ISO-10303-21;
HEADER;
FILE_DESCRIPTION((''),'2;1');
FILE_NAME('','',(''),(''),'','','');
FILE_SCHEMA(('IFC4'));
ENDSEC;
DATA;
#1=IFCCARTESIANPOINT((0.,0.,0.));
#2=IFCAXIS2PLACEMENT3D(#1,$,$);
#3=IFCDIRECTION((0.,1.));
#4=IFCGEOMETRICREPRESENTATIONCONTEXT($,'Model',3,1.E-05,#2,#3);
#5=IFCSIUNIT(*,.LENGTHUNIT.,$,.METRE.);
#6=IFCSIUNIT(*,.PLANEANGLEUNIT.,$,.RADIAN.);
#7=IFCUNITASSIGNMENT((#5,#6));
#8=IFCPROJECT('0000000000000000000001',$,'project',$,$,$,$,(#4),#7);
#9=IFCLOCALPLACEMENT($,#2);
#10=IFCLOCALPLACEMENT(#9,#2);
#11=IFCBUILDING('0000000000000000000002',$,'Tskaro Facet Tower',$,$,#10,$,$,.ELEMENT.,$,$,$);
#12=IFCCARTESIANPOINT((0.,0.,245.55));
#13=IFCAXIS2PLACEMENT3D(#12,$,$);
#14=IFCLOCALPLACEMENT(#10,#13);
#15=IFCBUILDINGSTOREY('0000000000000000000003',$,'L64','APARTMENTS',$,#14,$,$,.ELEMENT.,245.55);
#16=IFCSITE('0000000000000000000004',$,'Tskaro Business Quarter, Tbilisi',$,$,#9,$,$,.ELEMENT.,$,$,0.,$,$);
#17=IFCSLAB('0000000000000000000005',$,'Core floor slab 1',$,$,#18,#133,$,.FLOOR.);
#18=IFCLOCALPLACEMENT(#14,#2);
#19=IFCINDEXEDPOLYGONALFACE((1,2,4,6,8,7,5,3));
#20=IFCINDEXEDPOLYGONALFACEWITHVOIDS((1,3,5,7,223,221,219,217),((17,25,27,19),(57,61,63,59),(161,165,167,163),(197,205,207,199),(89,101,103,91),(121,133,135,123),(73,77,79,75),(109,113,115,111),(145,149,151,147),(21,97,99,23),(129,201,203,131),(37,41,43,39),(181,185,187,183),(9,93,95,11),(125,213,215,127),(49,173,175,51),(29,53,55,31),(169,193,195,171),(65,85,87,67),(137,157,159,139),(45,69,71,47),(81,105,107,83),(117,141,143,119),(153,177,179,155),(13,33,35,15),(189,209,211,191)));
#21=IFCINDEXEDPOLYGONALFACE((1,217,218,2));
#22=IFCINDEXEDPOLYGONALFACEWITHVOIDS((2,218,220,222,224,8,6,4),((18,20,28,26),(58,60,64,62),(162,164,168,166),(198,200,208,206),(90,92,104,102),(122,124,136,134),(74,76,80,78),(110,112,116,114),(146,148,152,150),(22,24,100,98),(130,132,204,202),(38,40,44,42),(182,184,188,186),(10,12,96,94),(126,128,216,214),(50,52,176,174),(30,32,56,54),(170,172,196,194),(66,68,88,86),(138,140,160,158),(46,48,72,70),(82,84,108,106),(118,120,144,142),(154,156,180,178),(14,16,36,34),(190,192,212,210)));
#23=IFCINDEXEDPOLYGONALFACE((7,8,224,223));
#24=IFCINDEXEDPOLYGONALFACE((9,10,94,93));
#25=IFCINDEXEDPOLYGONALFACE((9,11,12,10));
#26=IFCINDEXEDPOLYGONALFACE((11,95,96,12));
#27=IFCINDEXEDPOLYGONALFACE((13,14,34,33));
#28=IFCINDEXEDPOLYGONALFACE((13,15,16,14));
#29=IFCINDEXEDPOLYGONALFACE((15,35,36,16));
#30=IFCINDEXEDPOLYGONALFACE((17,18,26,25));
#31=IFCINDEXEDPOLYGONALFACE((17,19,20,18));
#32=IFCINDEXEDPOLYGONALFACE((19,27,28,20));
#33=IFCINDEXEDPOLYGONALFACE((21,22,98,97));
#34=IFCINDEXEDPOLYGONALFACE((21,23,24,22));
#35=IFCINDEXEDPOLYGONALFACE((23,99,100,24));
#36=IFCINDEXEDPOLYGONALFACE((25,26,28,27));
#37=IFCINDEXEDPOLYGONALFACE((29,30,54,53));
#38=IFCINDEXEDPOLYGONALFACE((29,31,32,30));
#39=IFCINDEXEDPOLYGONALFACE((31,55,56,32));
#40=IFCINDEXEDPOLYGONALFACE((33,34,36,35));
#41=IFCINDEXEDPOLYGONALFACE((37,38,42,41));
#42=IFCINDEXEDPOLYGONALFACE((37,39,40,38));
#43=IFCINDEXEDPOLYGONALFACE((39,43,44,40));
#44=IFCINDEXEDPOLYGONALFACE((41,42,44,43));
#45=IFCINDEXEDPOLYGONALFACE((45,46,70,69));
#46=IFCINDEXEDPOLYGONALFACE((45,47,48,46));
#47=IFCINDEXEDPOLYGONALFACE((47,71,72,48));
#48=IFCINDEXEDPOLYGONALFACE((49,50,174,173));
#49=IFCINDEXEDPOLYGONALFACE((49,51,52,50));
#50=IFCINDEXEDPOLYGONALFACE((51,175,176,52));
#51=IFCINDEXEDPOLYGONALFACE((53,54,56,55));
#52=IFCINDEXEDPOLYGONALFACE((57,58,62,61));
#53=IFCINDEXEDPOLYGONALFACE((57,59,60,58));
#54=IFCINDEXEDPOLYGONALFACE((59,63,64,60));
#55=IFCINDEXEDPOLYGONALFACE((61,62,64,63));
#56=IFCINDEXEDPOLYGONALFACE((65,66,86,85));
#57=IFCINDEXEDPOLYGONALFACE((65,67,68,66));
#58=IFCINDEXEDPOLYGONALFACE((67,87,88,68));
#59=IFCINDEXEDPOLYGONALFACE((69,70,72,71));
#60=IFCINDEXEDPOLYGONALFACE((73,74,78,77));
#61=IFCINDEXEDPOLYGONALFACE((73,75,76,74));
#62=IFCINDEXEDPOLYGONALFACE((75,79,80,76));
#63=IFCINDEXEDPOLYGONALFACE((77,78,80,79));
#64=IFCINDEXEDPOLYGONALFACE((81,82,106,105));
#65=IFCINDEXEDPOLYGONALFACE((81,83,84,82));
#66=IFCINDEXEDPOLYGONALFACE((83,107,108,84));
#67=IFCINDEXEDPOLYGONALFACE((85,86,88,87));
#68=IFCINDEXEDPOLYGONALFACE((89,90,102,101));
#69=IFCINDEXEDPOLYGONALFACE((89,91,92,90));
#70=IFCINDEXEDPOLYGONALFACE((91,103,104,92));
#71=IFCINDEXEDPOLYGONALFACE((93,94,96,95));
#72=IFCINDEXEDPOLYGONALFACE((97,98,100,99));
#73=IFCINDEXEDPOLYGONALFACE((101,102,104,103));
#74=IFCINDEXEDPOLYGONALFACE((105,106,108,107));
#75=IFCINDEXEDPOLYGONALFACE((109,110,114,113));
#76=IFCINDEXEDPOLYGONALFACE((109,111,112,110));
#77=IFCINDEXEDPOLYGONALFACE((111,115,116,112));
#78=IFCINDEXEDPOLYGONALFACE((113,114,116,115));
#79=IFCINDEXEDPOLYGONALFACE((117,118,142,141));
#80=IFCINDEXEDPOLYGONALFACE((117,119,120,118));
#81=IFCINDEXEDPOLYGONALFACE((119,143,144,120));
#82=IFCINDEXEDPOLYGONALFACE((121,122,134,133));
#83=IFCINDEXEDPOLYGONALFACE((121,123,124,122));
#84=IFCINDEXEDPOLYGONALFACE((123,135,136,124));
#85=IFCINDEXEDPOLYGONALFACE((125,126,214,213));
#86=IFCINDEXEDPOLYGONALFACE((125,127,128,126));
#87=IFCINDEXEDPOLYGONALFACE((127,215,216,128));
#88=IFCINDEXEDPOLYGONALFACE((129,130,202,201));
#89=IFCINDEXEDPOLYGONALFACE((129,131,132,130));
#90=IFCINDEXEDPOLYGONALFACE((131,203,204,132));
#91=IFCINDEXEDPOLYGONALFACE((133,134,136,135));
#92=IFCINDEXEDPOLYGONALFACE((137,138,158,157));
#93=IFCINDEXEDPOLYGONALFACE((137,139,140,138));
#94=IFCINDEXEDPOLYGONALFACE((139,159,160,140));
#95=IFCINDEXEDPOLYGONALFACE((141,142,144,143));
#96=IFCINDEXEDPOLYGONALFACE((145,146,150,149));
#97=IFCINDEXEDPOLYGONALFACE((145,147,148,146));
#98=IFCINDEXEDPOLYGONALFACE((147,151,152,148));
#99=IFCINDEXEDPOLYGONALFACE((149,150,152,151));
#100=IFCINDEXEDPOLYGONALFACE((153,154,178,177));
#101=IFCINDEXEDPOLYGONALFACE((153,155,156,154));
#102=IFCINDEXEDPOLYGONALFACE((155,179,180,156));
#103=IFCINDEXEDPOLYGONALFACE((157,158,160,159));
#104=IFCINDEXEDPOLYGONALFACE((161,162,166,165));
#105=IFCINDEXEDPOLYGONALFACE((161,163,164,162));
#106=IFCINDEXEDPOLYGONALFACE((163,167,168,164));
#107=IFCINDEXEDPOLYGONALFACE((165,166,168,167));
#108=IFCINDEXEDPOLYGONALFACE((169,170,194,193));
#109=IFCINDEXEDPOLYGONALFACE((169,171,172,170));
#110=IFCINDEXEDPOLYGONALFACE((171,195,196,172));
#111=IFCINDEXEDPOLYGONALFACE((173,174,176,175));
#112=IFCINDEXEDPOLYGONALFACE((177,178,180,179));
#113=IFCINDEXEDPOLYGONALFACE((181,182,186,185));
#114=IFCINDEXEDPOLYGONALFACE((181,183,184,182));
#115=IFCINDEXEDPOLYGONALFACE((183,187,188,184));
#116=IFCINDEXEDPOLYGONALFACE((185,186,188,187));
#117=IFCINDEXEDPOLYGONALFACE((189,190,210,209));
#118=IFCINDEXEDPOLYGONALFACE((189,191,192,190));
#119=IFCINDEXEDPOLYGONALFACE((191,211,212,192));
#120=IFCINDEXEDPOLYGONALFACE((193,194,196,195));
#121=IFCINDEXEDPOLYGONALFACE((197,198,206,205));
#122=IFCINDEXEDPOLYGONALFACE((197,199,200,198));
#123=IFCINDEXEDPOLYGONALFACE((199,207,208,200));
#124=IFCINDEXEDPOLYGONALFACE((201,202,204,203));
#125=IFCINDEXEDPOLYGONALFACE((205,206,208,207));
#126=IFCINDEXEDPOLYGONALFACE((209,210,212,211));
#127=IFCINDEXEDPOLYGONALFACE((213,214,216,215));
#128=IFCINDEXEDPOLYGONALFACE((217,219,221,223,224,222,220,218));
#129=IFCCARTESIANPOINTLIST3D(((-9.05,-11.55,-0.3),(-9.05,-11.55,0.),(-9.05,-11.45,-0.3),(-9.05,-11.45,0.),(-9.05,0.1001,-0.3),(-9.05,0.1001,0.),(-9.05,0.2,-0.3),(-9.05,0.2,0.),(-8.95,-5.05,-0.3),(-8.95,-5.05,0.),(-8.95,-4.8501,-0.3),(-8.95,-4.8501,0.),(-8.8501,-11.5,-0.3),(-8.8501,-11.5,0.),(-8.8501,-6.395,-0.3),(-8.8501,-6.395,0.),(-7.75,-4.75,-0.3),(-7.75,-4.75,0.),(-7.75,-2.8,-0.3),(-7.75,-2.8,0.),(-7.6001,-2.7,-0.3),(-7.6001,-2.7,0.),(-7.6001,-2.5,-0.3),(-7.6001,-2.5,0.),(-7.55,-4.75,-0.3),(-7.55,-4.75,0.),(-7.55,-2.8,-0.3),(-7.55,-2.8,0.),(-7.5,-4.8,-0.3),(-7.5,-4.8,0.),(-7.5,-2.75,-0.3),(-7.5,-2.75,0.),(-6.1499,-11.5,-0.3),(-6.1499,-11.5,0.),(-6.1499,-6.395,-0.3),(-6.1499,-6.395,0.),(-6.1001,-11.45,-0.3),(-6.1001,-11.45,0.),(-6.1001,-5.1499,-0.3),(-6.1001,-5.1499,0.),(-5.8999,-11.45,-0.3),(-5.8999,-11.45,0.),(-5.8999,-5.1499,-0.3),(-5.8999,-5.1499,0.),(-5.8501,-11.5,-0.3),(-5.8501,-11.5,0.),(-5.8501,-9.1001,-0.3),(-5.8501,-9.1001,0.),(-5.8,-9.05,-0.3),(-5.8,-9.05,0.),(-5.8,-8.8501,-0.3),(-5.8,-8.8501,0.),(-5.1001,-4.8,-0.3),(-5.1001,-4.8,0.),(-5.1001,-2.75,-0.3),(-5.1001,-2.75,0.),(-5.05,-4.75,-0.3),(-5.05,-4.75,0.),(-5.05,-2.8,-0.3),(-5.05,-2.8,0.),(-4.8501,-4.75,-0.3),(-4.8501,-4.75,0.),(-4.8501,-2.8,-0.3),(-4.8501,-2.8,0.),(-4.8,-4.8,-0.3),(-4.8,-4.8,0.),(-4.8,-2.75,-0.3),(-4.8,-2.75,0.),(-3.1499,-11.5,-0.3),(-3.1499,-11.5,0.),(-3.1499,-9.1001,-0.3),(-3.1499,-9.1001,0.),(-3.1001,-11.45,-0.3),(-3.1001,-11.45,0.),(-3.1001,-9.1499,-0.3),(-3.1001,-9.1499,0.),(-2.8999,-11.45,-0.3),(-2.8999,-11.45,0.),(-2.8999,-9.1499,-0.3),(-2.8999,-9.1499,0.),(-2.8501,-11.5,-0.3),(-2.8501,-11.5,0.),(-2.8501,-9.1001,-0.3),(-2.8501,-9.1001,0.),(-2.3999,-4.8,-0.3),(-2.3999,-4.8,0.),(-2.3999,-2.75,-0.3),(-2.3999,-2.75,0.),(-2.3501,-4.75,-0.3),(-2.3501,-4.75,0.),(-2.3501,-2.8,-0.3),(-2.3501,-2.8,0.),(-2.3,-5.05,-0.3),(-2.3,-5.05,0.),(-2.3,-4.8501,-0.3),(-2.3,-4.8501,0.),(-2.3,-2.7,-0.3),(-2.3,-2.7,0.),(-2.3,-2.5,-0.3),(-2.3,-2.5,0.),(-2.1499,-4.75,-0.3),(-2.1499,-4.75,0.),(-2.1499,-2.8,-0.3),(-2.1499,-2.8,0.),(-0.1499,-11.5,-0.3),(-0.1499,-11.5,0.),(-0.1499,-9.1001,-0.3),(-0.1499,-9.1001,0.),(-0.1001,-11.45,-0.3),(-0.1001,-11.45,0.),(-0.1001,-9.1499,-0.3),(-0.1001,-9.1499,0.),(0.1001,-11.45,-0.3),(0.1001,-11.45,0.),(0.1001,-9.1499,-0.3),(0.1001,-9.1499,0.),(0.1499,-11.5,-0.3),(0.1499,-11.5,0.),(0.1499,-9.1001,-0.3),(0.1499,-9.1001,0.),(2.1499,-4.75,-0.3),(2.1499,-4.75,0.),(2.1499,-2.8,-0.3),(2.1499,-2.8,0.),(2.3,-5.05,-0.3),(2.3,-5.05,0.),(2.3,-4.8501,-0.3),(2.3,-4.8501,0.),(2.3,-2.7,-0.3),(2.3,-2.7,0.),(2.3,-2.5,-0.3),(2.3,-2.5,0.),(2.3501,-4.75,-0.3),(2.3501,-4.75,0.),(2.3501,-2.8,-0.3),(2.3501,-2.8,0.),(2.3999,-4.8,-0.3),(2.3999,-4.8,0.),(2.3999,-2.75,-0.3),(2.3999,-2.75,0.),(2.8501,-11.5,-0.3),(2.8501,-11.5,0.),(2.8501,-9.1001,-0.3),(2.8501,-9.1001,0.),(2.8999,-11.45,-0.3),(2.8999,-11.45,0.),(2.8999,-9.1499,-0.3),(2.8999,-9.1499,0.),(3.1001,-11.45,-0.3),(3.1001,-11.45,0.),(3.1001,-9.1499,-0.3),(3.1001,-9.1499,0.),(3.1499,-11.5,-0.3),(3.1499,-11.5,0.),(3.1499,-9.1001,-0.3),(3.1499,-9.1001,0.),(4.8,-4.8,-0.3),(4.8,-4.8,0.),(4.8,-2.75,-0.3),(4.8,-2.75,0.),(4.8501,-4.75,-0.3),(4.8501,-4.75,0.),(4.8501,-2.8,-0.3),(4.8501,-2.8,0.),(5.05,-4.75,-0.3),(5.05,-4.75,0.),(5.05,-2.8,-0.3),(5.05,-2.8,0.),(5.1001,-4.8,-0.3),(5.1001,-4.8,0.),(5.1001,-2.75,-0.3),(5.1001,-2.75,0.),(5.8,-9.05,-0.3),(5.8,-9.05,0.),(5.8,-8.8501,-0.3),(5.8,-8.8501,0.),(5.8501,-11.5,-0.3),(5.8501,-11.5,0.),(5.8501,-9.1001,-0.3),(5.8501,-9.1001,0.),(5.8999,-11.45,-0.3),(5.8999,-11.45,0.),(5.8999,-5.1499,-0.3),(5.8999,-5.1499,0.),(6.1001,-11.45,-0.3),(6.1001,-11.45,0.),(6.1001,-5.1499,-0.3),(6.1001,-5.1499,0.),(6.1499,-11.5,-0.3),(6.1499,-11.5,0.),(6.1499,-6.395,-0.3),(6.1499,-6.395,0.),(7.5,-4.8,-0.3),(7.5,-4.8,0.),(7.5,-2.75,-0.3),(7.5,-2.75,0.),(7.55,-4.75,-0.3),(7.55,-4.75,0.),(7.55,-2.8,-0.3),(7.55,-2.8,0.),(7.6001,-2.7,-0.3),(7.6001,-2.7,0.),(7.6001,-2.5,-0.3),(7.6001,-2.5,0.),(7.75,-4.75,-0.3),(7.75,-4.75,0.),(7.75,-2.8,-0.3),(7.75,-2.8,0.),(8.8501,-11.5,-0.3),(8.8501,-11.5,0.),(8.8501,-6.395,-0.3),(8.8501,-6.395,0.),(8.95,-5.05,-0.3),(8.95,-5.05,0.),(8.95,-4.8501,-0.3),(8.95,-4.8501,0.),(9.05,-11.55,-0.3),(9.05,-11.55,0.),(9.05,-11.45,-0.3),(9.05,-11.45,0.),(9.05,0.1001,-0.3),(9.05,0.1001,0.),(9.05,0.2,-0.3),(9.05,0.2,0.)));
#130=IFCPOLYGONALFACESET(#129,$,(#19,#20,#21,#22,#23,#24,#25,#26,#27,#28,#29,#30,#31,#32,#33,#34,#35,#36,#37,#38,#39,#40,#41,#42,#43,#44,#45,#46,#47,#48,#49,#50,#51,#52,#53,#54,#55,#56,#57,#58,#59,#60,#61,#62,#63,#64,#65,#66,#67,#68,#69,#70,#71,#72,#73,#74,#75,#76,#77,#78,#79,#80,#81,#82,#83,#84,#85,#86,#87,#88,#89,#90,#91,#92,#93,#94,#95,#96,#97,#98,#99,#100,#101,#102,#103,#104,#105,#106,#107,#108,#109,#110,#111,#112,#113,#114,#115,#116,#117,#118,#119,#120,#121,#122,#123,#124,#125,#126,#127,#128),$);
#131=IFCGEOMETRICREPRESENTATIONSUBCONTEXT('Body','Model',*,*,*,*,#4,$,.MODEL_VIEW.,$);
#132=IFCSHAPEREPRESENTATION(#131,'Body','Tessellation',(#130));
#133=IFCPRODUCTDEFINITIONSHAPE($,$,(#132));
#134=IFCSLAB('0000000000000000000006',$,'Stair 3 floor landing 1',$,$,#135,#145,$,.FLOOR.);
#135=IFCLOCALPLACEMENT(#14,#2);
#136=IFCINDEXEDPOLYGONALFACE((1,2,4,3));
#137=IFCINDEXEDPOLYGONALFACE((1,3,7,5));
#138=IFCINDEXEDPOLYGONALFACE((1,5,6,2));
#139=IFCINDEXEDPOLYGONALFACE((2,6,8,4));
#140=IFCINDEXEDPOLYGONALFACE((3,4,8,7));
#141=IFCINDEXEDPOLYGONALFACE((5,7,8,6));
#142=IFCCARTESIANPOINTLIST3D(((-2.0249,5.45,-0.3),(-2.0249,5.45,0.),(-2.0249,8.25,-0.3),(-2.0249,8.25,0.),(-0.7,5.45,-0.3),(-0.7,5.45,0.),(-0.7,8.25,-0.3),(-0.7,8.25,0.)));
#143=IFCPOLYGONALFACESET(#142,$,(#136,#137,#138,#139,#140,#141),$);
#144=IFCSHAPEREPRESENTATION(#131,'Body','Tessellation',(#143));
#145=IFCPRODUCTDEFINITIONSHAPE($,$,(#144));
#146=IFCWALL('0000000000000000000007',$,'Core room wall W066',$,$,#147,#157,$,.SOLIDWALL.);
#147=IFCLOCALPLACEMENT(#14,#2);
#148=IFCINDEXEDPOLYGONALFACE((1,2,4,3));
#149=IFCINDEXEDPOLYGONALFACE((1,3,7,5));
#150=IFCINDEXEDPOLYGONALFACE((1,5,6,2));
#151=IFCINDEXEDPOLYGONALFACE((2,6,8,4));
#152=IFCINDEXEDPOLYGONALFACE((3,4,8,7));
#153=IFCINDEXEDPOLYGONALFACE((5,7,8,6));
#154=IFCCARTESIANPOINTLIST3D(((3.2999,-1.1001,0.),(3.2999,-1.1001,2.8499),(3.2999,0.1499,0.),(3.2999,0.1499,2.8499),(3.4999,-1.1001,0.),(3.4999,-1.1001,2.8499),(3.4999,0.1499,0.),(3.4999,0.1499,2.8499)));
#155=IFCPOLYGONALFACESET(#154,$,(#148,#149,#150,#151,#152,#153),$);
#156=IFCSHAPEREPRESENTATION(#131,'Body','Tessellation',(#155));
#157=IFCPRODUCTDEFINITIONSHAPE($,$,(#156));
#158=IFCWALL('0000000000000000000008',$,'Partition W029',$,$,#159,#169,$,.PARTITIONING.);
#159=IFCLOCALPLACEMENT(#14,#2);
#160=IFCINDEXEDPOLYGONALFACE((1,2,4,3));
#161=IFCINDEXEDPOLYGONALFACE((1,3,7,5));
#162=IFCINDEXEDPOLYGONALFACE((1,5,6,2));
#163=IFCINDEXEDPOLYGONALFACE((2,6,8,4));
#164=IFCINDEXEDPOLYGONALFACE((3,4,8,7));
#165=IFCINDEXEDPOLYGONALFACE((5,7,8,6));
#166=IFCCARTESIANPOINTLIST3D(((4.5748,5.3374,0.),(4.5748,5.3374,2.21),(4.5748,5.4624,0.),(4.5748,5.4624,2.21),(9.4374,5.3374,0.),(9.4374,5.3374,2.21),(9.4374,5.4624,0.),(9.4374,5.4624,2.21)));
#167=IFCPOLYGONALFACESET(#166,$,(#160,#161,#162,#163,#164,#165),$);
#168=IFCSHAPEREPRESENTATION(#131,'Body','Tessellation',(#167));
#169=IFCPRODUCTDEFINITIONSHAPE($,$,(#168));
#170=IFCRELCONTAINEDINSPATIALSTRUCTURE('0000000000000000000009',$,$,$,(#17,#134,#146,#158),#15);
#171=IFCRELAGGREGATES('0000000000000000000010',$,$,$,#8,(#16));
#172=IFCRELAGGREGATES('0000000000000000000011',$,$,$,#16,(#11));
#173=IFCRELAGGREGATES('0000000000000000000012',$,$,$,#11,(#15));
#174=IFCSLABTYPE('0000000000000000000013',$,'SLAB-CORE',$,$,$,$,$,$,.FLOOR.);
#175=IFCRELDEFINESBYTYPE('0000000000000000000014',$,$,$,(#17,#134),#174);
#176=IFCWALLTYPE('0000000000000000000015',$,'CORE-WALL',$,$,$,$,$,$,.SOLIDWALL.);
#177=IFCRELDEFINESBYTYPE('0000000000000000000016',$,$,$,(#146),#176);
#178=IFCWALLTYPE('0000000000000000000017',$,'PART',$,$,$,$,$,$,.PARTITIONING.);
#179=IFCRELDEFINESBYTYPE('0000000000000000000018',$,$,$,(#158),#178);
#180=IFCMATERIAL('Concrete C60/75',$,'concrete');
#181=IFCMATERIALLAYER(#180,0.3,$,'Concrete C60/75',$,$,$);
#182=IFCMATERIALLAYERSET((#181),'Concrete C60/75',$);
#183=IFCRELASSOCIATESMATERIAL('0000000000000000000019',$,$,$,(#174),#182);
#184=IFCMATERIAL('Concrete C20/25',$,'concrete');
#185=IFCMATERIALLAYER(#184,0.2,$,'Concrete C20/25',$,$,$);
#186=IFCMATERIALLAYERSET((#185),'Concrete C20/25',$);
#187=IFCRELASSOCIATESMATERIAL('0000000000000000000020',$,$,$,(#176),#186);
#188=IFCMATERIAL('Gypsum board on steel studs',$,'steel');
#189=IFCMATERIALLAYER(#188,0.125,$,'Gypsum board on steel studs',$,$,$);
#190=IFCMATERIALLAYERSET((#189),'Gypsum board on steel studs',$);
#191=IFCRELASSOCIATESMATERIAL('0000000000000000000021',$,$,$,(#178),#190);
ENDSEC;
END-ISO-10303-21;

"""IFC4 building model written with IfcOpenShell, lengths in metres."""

from ifc_helpers import new_model, si_unit, direction, frame, frame_2d, origin, place, context, subcontext, project, spatial, polyline, rectangle, outline, extrude, material, layer, layer_set, type_object, element, save


model = new_model("IFC4")

# Units and contexts
model_context = context("Model", 3, precision=1e-05, world=origin(), true_north=direction((0.0, 1.0)))
body_context = subcontext(model_context, "Body", "Model", "MODEL_VIEW")
ifc_project = project(units=[si_unit("LENGTHUNIT", "METRE"), si_unit("PLANEANGLEUNIT", "RADIAN")], contexts=[model_context])

# Site, building, storey
site_placement = place(None, origin())
site = spatial("IfcSite", under=ifc_project, at=site_placement, Name="Tskaro Business Quarter, Tbilisi", CompositionType="ELEMENT", RefElevation=0.0)
building_placement = place(site_placement, origin())
building = spatial("IfcBuilding", under=site, at=building_placement, Name="Tskaro Facet Tower", CompositionType="ELEMENT")
storey_placement = place(building_placement, frame((0.0, 0.0, 245.55)))
storey = spatial("IfcBuildingStorey", under=building, at=storey_placement, Name="L64", Description="APARTMENTS", CompositionType="ELEMENT", Elevation=245.55)

# Slabs
ifc_material_1 = material(Name="Concrete C60/75", Category="concrete")
ifc_layer_1 = layer(ifc_material_1, 0.3, Name="Concrete C60/75")
ifc_layer_set_1 = layer_set([ifc_layer_1], Name="Concrete C60/75")
slab_type_1 = type_object("IfcSlabType", Name="SLAB-CORE", PredefinedType="FLOOR", material=ifc_layer_set_1)
slab_1_placement = place(storey_placement, frame((0.0, 0.0, -0.3)))
element("IfcSlab", 1, at=slab_1_placement, inside=storey, type_object=slab_type_1, Name="Core floor slab 1", PredefinedType="FLOOR", context=body_context, shape_type="SweptSolid", body=[
    extrude(outline(polyline([(-9.05, 0.2), (9.05, 0.2), (9.05, 0.1001), (9.05, -11.45), (9.05, -11.55), (-9.05, -11.55), (-9.05, -11.45), (-9.05, 0.1001), (-9.05, 0.2)]), holes=[polyline([(-5.8501, -9.1001), (-5.8501, -11.5), (-3.1499, -11.5), (-3.1499, -9.1001), (-5.8501, -9.1001)]), polyline([(-3.1001, -11.45), (-2.8999, -11.45), (-2.8999, -9.1499), (-3.1001, -9.1499), (-3.1001, -11.45)]), polyline([(-2.8501, -9.1001), (-2.8501, -11.5), (-0.1499, -11.5), (-0.1499, -9.1001), (-2.8501, -9.1001)]), polyline([(-6.1001, -11.45), (-5.8999, -11.45), (-5.8999, -5.1499), (-6.1001, -5.1499), (-6.1001, -11.45)]), polyline([(-8.95, -5.05), (-2.3, -5.05), (-2.3, -4.8501), (-8.95, -4.8501), (-8.95, -5.05)]), polyline([(-7.75, -4.75), (-7.55, -4.75), (-7.55, -2.8), (-7.75, -2.8), (-7.75, -4.75)]), polyline([(-7.5, -2.75), (-7.5, -4.8), (-5.1001, -4.8), (-5.1001, -2.75), (-7.5, -2.75)]), polyline([(-5.05, -4.75), (-4.8501, -4.75), (-4.8501, -2.8), (-5.05, -2.8), (-5.05, -4.75)]), polyline([(-2.3999, -2.75), (-4.8, -2.75), (-4.8, -4.8), (-2.3999, -4.8), (-2.3999, -2.75)]), polyline([(-2.3501, -4.75), (-2.1499, -4.75), (-2.1499, -2.8), (-2.3501, -2.8), (-2.3501, -4.75)]), polyline([(-7.6001, -2.7), (-2.3, -2.7), (-2.3, -2.5), (-7.6001, -2.5), (-7.6001, -2.7)]), polyline([(-0.1001, -11.45), (0.1001, -11.45), (0.1001, -9.1499), (-0.1001, -9.1499), (-0.1001, -11.45)]), polyline([(0.1499, -9.1001), (0.1499, -11.5), (2.8501, -11.5), (2.8501, -9.1001), (0.1499, -9.1001)]), polyline([(2.8999, -11.45), (3.1001, -11.45), (3.1001, -9.1499), (2.8999, -9.1499), (2.8999, -11.45)]), polyline([(3.1499, -9.1001), (3.1499, -11.5), (5.8501, -11.5), (5.8501, -9.1001), (3.1499, -9.1001)]), polyline([(-5.8, -9.05), (5.8, -9.05), (5.8, -8.8501), (-5.8, -8.8501), (-5.8, -9.05)]), polyline([(5.8999, -11.45), (6.1001, -11.45), (6.1001, -5.1499), (5.8999, -5.1499), (5.8999, -11.45)]), polyline([(2.3, -5.05), (8.95, -5.05), (8.95, -4.8501), (2.3, -4.8501), (2.3, -5.05)]), polyline([(2.1499, -4.75), (2.3501, -4.75), (2.3501, -2.8), (2.1499, -2.8), (2.1499, -4.75)]), polyline([(2.3999, -4.8), (4.8, -4.8), (4.8, -2.75), (2.3999, -2.75), (2.3999, -4.8)]), polyline([(4.8501, -4.75), (5.05, -4.75), (5.05, -2.8), (4.8501, -2.8), (4.8501, -4.75)]), polyline([(5.1001, -4.8), (7.5, -4.8), (7.5, -2.75), (5.1001, -2.75), (5.1001, -4.8)]), polyline([(7.55, -4.75), (7.75, -4.75), (7.75, -2.8), (7.55, -2.8), (7.55, -4.75)]), polyline([(2.3, -2.7), (7.6001, -2.7), (7.6001, -2.5), (2.3, -2.5), (2.3, -2.7)]), polyline([(-8.8501, -11.5), (-6.1499, -11.5), (-6.1499, -6.395), (-8.8501, -6.395), (-8.8501, -11.5)]), polyline([(6.1499, -6.395), (6.1499, -11.5), (8.8501, -11.5), (8.8501, -6.395), (6.1499, -6.395)])]), origin(), (0.0, 0.0, 1.0), 0.3),
])
slab_2_placement = place(storey_placement, frame((0.0, 0.0, -0.3)))
element("IfcSlab", 2, at=slab_2_placement, inside=storey, type_object=slab_type_1, Name="Stair 3 floor landing 1", PredefinedType="FLOOR", context=body_context, shape_type="SweptSolid", body=[
    extrude(outline(polyline([(-2.0249, 5.45), (-0.7, 5.45), (-0.7, 8.25), (-2.0249, 8.25), (-2.0249, 5.45)])), origin(), (0.0, 0.0, 1.0), 0.3),
])

# Walls
ifc_material_2 = material(Name="Concrete C20/25", Category="concrete")
ifc_layer_2 = layer(ifc_material_2, 0.2, Name="Concrete C20/25")
ifc_layer_set_2 = layer_set([ifc_layer_2], Name="Concrete C20/25")
wall_type_1 = type_object("IfcWallType", Name="CORE-WALL", PredefinedType="SOLIDWALL", material=ifc_layer_set_2)
wall_1_placement = place(storey_placement, frame((3.3999, -1.1001, 0.0), z_axis=(0.0, 0.0, 1.0), x_axis=(0.0, 1.0, 0.0)))
element("IfcWall", 3, at=wall_1_placement, inside=storey, type_object=wall_type_1, Name="Core room wall W066", PredefinedType="SOLIDWALL", context=body_context, shape_type="SweptSolid", body=[
    extrude(rectangle(XDim=1.25, YDim=0.2, at=frame_2d((0.625, 0.0))), origin(), (0.0, 0.0, 1.0), 2.8499),
])
ifc_material_3 = material(Name="Gypsum board on steel studs", Category="steel")
ifc_layer_3 = layer(ifc_material_3, 0.125, Name="Gypsum board on steel studs")
ifc_layer_set_3 = layer_set([ifc_layer_3], Name="Gypsum board on steel studs")
wall_type_2 = type_object("IfcWallType", Name="PART", PredefinedType="PARTITIONING", material=ifc_layer_set_3)
wall_2_placement = place(storey_placement, frame((4.575, 5.3999, 0.0), z_axis=(0.0, 0.0, 1.0), x_axis=(1.0, 0.0, 0.0)))
element("IfcWall", 4, at=wall_2_placement, inside=storey, type_object=wall_type_2, Name="Partition W029", PredefinedType="PARTITIONING", context=body_context, shape_type="SweptSolid", body=[
    extrude(rectangle(XDim=4.8625, YDim=0.125, at=frame_2d((2.4312, 0.0))), origin(), (0.0, 0.0, 1.0), 2.21),
])

save(model, "model.ifc")
